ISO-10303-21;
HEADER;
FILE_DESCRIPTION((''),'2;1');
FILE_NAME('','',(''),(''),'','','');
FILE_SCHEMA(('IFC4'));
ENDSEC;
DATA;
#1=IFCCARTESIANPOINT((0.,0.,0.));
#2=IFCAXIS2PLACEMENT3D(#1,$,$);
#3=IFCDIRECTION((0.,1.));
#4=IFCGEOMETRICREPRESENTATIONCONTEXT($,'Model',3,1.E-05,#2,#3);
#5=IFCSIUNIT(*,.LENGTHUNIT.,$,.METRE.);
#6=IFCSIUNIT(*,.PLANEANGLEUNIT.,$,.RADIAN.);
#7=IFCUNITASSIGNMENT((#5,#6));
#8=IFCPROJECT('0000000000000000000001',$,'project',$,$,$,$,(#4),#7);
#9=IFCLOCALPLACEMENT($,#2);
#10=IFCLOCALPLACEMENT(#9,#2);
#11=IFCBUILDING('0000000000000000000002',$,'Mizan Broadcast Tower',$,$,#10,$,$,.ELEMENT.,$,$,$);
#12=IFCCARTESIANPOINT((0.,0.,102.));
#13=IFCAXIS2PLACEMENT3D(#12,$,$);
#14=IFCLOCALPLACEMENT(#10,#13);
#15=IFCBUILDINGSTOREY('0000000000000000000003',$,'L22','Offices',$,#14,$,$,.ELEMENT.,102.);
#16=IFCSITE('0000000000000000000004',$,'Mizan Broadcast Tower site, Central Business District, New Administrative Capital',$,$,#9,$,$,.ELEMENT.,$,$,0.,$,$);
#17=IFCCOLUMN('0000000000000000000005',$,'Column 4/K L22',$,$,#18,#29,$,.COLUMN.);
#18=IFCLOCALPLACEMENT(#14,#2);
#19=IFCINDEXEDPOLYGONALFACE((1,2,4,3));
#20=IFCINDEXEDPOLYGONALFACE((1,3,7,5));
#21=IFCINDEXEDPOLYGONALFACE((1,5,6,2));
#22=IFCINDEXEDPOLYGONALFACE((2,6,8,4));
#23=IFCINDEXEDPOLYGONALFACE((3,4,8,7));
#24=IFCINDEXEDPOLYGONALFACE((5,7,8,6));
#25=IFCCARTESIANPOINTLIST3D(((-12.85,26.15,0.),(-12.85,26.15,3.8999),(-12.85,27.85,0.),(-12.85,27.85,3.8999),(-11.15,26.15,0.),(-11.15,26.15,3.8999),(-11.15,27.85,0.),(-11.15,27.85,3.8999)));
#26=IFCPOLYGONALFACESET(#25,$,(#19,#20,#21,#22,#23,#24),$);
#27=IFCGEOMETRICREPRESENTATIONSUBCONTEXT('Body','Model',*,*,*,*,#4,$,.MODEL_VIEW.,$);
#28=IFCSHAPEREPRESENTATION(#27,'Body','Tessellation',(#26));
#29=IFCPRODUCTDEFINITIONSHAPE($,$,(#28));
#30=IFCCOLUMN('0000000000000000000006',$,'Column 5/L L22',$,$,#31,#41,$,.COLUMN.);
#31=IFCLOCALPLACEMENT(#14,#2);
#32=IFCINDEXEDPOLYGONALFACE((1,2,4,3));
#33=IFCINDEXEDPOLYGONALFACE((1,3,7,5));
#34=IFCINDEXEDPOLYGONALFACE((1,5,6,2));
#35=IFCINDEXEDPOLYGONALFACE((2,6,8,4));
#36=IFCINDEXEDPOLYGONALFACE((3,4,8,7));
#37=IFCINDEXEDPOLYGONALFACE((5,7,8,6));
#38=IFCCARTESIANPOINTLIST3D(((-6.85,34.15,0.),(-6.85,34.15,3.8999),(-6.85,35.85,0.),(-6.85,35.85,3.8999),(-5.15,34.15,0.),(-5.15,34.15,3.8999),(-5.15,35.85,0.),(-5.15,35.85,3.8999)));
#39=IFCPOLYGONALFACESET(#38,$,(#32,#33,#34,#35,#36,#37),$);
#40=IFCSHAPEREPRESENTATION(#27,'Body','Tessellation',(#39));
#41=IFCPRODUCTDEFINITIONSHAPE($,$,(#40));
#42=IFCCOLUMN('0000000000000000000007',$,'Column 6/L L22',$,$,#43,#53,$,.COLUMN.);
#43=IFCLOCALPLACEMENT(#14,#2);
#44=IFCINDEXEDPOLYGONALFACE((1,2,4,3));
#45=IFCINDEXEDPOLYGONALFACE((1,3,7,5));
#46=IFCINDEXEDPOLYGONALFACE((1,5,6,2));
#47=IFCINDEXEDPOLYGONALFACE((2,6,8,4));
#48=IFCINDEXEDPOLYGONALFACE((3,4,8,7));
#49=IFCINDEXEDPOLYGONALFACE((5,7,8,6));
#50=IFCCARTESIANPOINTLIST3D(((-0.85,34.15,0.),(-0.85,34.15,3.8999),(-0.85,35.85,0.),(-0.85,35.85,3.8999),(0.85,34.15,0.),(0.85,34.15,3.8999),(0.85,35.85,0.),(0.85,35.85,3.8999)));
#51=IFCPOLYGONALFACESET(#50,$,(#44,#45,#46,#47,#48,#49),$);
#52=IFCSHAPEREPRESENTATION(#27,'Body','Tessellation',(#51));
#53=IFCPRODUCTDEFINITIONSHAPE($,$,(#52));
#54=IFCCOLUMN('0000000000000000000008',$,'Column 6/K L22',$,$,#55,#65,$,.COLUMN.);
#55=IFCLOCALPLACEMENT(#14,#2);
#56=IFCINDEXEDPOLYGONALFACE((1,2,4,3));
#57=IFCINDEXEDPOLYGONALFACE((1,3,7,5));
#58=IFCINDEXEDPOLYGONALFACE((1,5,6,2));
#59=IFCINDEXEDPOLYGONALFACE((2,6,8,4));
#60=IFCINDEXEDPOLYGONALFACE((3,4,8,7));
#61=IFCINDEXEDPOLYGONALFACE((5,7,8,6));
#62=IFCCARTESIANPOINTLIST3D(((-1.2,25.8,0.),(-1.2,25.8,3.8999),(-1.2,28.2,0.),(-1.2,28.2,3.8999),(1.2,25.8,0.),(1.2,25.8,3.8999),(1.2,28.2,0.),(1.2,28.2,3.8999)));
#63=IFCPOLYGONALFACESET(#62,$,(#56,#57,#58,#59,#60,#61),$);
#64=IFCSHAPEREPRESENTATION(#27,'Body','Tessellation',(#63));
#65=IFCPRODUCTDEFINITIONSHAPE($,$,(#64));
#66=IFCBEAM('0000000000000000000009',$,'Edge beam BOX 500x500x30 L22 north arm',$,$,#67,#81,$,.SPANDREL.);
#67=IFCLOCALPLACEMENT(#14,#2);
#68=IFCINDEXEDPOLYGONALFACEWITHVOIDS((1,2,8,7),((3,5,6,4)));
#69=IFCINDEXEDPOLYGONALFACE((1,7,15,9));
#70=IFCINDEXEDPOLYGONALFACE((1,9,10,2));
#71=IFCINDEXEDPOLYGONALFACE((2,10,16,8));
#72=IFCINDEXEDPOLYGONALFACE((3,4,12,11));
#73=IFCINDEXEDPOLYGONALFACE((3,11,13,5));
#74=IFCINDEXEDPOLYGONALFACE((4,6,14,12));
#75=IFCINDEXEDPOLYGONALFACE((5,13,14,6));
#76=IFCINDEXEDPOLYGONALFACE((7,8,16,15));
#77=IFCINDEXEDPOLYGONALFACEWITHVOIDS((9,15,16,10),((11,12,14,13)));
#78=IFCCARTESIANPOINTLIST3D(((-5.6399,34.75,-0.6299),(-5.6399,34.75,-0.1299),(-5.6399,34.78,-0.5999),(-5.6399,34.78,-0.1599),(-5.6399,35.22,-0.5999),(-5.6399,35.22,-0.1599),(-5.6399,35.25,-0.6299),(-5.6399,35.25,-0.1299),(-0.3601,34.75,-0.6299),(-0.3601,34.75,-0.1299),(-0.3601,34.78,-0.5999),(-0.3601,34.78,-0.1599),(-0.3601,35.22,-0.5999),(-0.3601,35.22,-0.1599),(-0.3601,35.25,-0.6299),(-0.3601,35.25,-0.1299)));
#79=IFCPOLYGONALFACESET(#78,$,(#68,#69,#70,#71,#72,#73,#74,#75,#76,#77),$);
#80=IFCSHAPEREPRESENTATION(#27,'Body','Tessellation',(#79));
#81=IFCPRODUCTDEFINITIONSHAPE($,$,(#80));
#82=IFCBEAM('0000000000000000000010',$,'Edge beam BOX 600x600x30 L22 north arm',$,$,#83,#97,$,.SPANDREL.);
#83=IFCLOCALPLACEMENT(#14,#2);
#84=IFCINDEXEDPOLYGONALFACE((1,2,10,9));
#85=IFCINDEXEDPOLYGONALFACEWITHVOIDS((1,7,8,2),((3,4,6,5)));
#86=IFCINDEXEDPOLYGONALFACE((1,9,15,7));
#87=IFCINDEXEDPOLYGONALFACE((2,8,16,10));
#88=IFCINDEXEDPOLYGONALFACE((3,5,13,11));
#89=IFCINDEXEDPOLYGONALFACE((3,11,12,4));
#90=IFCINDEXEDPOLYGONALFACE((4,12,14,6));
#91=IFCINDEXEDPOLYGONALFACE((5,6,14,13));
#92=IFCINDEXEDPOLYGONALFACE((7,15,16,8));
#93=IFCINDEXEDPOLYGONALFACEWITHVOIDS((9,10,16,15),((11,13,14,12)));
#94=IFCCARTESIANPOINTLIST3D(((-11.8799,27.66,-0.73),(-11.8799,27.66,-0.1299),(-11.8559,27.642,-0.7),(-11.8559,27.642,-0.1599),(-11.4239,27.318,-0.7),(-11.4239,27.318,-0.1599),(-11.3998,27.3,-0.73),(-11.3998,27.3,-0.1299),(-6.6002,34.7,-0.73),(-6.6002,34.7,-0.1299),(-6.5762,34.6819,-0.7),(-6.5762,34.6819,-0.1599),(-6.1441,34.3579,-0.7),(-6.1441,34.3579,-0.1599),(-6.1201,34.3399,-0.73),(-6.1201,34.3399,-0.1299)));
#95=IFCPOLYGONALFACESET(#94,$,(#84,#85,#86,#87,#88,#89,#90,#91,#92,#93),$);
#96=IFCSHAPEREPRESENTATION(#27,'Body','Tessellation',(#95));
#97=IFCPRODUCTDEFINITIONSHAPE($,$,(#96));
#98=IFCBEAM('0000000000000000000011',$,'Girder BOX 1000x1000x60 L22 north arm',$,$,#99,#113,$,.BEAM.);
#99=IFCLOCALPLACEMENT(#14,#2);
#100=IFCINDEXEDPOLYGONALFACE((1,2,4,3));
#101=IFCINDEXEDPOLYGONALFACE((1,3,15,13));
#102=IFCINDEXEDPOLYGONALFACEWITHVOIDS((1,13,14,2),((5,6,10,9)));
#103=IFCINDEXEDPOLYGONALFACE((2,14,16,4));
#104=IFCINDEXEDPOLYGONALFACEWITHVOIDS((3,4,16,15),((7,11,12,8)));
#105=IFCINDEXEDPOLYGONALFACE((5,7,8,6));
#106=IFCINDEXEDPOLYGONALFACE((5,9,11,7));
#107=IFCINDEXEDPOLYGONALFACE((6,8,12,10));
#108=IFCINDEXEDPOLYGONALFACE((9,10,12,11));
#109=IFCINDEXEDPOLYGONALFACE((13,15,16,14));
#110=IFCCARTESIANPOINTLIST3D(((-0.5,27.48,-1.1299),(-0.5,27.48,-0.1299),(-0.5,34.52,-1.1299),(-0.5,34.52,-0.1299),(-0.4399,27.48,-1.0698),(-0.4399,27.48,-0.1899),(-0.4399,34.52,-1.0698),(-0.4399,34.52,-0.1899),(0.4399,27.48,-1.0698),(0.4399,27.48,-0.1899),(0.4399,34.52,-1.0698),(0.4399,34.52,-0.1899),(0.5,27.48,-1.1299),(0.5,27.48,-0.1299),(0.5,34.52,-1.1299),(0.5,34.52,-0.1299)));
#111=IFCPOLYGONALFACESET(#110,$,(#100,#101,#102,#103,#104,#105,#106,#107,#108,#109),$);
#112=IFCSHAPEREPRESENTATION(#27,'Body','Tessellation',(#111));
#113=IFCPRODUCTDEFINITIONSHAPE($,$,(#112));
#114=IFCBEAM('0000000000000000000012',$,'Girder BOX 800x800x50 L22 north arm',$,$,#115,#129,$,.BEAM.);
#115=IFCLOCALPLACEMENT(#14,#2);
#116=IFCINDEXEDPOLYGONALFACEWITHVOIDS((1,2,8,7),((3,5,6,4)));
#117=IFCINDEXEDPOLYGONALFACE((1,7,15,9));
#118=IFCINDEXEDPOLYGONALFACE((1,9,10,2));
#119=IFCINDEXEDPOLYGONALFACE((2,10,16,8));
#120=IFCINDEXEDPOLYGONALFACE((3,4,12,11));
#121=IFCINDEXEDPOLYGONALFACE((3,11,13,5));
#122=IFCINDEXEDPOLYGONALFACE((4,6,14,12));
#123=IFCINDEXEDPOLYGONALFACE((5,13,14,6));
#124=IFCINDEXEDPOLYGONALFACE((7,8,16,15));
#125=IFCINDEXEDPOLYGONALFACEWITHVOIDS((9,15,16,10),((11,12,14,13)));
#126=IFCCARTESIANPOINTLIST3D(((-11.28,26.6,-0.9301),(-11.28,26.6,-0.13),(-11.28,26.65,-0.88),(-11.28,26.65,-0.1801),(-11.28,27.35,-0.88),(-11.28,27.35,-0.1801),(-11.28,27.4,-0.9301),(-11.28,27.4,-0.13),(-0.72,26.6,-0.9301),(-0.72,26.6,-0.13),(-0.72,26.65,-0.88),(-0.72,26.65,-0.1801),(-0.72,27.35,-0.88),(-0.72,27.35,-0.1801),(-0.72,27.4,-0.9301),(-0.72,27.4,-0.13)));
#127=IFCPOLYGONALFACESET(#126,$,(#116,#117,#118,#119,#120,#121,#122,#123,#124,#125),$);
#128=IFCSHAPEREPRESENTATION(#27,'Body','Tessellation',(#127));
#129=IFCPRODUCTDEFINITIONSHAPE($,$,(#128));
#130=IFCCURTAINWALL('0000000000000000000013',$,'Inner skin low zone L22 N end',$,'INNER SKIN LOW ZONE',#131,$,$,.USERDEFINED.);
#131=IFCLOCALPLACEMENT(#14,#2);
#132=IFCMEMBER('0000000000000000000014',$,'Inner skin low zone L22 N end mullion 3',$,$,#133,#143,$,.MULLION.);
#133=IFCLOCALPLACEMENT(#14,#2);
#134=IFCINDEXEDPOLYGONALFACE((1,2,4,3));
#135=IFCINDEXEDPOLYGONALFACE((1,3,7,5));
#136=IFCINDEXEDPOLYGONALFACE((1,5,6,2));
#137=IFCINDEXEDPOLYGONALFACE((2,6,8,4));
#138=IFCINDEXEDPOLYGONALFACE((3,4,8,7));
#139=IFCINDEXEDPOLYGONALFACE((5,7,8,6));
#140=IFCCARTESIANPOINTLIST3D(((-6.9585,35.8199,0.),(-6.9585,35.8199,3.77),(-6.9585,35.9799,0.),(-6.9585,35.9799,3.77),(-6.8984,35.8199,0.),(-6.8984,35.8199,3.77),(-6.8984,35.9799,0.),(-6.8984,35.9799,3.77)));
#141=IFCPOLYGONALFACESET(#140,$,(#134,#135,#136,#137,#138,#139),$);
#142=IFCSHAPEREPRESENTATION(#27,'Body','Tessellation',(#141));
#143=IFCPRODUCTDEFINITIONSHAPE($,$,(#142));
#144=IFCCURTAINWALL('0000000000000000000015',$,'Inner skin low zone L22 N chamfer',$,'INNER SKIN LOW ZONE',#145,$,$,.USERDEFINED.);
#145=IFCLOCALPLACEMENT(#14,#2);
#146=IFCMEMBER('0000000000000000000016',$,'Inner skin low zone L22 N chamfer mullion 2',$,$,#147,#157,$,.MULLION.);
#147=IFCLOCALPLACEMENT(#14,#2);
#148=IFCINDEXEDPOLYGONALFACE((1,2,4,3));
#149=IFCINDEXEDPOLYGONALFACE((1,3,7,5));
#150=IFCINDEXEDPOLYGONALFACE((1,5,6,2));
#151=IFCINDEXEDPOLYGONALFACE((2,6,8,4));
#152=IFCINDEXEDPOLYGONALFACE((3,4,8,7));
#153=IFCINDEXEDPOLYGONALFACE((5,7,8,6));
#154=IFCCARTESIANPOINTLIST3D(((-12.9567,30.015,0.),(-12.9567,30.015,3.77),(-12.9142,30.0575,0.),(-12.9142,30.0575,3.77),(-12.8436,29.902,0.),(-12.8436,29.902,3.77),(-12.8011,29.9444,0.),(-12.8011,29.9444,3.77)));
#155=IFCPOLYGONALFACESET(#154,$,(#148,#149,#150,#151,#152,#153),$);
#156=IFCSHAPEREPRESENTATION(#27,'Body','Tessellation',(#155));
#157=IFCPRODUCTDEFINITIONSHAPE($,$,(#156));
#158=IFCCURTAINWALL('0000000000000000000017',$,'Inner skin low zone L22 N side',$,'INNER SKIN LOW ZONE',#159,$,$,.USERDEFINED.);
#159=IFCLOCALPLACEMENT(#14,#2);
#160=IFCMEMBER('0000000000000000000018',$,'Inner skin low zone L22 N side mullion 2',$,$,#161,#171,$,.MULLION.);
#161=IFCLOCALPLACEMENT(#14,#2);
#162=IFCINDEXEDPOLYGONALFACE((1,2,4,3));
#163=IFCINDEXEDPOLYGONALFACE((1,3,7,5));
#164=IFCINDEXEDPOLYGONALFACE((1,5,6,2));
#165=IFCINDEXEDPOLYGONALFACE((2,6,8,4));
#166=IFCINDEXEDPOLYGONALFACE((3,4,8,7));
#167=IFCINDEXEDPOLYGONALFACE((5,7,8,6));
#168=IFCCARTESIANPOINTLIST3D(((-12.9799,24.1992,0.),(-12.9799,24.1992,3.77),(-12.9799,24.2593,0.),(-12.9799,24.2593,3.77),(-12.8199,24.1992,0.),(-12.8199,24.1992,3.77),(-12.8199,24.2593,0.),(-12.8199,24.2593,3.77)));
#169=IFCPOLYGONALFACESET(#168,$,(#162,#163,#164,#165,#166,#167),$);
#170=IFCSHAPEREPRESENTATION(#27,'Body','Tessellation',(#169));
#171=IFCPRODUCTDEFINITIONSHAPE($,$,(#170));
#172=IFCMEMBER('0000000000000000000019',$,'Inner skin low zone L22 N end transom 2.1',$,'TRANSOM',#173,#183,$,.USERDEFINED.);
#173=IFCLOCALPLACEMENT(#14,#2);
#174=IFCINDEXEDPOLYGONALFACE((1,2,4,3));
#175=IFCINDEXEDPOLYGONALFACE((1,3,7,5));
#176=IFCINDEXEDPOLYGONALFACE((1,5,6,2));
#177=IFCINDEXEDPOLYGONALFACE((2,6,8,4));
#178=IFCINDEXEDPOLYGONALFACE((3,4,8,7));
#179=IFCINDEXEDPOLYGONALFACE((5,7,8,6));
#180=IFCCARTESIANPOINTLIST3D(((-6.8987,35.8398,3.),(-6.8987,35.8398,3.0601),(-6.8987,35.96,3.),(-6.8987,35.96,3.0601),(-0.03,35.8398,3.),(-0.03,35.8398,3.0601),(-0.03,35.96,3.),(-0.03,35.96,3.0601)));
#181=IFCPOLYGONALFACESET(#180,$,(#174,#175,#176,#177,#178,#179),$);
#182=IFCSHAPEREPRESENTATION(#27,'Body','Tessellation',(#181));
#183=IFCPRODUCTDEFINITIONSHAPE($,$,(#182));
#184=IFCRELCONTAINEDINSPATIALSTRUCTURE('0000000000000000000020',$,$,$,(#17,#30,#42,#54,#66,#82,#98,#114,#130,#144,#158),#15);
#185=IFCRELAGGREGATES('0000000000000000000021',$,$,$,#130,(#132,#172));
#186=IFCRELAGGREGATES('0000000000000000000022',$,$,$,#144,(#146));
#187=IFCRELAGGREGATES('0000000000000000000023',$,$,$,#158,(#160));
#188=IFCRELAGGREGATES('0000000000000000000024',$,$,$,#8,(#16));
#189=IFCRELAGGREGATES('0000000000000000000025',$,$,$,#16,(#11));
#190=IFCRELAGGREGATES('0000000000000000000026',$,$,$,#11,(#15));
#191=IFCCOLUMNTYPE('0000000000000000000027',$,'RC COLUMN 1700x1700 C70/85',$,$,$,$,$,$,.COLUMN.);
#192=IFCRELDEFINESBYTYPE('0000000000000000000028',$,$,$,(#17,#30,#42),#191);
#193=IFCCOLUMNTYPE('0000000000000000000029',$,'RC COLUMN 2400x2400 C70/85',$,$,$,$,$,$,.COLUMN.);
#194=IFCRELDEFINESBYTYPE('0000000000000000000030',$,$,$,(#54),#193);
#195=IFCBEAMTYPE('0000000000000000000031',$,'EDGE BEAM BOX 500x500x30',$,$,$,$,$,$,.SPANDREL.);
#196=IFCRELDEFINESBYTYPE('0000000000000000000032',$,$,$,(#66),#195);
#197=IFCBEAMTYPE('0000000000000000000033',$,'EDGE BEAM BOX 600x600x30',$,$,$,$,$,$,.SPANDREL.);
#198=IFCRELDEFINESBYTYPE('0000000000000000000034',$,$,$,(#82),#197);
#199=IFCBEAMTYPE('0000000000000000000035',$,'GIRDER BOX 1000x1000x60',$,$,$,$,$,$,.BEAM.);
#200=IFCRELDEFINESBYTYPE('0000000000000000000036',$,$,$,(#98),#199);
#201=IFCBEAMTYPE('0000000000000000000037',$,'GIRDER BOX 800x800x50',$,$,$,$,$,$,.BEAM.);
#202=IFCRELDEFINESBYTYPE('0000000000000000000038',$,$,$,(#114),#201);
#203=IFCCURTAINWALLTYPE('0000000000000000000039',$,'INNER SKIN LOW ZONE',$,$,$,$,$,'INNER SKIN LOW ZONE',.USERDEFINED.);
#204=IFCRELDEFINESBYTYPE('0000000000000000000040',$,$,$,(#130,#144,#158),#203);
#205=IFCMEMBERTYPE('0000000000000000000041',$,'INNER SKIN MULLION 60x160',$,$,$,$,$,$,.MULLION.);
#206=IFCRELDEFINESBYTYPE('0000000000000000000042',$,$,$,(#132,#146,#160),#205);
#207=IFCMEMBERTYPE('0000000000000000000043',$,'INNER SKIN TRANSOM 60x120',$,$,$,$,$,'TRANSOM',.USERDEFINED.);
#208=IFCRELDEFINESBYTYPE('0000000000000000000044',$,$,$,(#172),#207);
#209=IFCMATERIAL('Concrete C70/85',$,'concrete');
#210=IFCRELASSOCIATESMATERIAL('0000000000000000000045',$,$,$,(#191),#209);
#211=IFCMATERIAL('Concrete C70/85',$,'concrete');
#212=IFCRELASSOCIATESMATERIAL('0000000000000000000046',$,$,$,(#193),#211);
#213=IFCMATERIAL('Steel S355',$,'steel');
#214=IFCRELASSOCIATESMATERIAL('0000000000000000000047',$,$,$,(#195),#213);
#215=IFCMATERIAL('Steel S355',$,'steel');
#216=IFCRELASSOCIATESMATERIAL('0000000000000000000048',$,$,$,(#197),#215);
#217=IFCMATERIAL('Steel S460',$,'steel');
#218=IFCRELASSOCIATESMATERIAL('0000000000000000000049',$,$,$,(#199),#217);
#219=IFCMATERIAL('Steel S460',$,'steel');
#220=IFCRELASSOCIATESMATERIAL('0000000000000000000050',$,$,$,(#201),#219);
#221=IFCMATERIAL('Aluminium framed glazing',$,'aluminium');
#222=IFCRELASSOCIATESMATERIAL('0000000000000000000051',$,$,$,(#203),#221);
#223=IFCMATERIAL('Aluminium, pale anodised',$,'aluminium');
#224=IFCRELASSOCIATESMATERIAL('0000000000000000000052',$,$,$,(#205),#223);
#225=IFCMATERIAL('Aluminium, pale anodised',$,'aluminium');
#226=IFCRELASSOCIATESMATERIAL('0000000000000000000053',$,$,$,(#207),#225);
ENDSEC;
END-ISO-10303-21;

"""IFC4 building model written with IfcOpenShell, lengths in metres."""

from ifc_helpers import new_model, si_unit, direction, frame, origin, origin_2d, place, context, subcontext, project, spatial, rectangle, hollow_rectangle, extrude, material, material_profile, profile_set, type_object, element, aggregate, save


model = new_model("IFC4")

# Units and contexts
model_context = context("Model", 3, precision=1e-05, world=origin(), true_north=direction((0.0, 1.0)))
body_context = subcontext(model_context, "Body", "Model", "MODEL_VIEW")
ifc_project = project(units=[si_unit("LENGTHUNIT", "METRE"), si_unit("PLANEANGLEUNIT", "RADIAN")], contexts=[model_context])

# Site, building, storey
site_placement = place(None, origin())
site = spatial("IfcSite", under=ifc_project, at=site_placement, Name="Mizan Broadcast Tower site, Central Business District, New Administrative Capital", CompositionType="ELEMENT", RefElevation=0.0)
building_placement = place(site_placement, origin())
building = spatial("IfcBuilding", under=site, at=building_placement, Name="Mizan Broadcast Tower", CompositionType="ELEMENT")
storey_placement = place(building_placement, frame((0.0, 0.0, 102.0)))
storey = spatial("IfcBuildingStorey", under=building, at=storey_placement, Name="L22", Description="Offices", CompositionType="ELEMENT", Elevation=102.0)

# Columns
ifc_material_1 = material(Name="Concrete C70/85", Category="concrete")
ifc_material_profile_1 = material_profile(ifc_material_1, rectangle(XDim=1.7, YDim=1.7, at=origin_2d()), Name="RC 1700x1700")
ifc_profile_set_1 = profile_set([ifc_material_profile_1], Name="Concrete C70/85")
column_type_1 = type_object("IfcColumnType", Name="RC COLUMN 1700x1700 C70/85", PredefinedType="COLUMN", material=ifc_profile_set_1)
for number, where, z_axis, x_axis, name in (
    (1, (-12.0, 27.0, 0.0), (0.0, 0.0, 1.0), (1.0, 0.0, 0.0), "Column 4/K L22"),
    (2, (-6.0, 35.0, 0.0), (0.0, 0.0, 1.0), (1.0, 0.0, 0.0), "Column 5/L L22"),
    (3, (0.0, 35.0, 0.0), (0.0, 0.0, 1.0), (1.0, 0.0, 0.0), "Column 6/L L22"),
):
    element("IfcColumn", number, at=place(storey_placement, frame(where, z_axis=z_axis, x_axis=x_axis)), inside=storey, type_object=column_type_1, Name=name, PredefinedType="COLUMN", context=body_context, shape_type="SweptSolid", body=[
        extrude(rectangle(XDim=1.7, YDim=1.7, at=origin_2d()), origin(), (0.0, 0.0, 1.0), 3.8999),
    ])
ifc_material_2 = material(Name="Concrete C70/85", Category="concrete")
ifc_material_profile_2 = material_profile(ifc_material_2, rectangle(XDim=2.3999, YDim=2.3999, at=origin_2d()), Name="RC 2400x2400")
ifc_profile_set_2 = profile_set([ifc_material_profile_2], Name="Concrete C70/85")
column_type_2 = type_object("IfcColumnType", Name="RC COLUMN 2400x2400 C70/85", PredefinedType="COLUMN", material=ifc_profile_set_2)
column_placement = place(storey_placement, frame((0.0, 27.0, 0.0), z_axis=(0.0, 0.0, 1.0), x_axis=(1.0, 0.0, 0.0)))
element("IfcColumn", 4, at=column_placement, inside=storey, type_object=column_type_2, Name="Column 6/K L22", PredefinedType="COLUMN", context=body_context, shape_type="SweptSolid", body=[
    extrude(rectangle(XDim=2.3999, YDim=2.3999, at=origin_2d()), origin(), (0.0, 0.0, 1.0), 3.8999),
])

# Beams
ifc_material_3 = material(Name="Steel S355", Category="steel")
ifc_material_profile_3 = material_profile(ifc_material_3, hollow_rectangle(XDim=0.5, YDim=0.5, WallThickness=0.03, at=origin_2d()), Name="BOX 500x500x30")
ifc_profile_set_3 = profile_set([ifc_material_profile_3], Name="Steel S355")
beam_type_1 = type_object("IfcBeamType", Name="EDGE BEAM BOX 500x500x30", PredefinedType="SPANDREL", material=ifc_profile_set_3)
beam_1_placement = place(storey_placement, frame((-5.6399, 35.0, -0.3799), z_axis=(1.0, 0.0, 0.0), x_axis=(0.0, 1.0, 0.0)))
element("IfcBeam", 5, at=beam_1_placement, inside=storey, type_object=beam_type_1, Name="Edge beam BOX 500x500x30 L22 north arm", PredefinedType="SPANDREL", context=body_context, shape_type="SweptSolid", body=[
    extrude(hollow_rectangle(XDim=0.5, YDim=0.5, WallThickness=0.03, at=origin_2d()), origin(), (0.0, 0.0, 1.0), 5.2798),
])
ifc_material_4 = material(Name="Steel S355", Category="steel")
ifc_material_profile_4 = material_profile(ifc_material_4, hollow_rectangle(XDim=0.6001, YDim=0.6001, WallThickness=0.03, at=origin_2d()), Name="BOX 600x600x30")
ifc_profile_set_4 = profile_set([ifc_material_profile_4], Name="Steel S355")
beam_type_2 = type_object("IfcBeamType", Name="EDGE BEAM BOX 600x600x30", PredefinedType="SPANDREL", material=ifc_profile_set_4)
beam_2_placement = place(storey_placement, frame((-11.6399, 27.48, -0.4299), z_axis=(0.599982, 0.800013, 0.0), x_axis=(-0.800013, 0.599982, 0.0)))
element("IfcBeam", 6, at=beam_2_placement, inside=storey, type_object=beam_type_2, Name="Edge beam BOX 600x600x30 L22 north arm", PredefinedType="SPANDREL", context=body_context, shape_type="SweptSolid", body=[
    extrude(hollow_rectangle(XDim=0.6001, YDim=0.6001, WallThickness=0.03, at=origin_2d()), origin(), (0.0, 0.0, 1.0), 8.7998),
])
ifc_material_5 = material(Name="Steel S460", Category="steel")
ifc_material_profile_5 = material_profile(ifc_material_5, hollow_rectangle(XDim=1.0, YDim=1.0, WallThickness=0.0601, at=origin_2d()), Name="BOX 1000x1000x60")
ifc_profile_set_5 = profile_set([ifc_material_profile_5], Name="Steel S460")
beam_type_3 = type_object("IfcBeamType", Name="GIRDER BOX 1000x1000x60", PredefinedType="BEAM", material=ifc_profile_set_5)
beam_3_placement = place(storey_placement, frame((0.0, 27.48, -0.6299), z_axis=(0.0, 1.0, 0.0), x_axis=(-1.0, 0.0, 0.0)))
element("IfcBeam", 7, at=beam_3_placement, inside=storey, type_object=beam_type_3, Name="Girder BOX 1000x1000x60 L22 north arm", PredefinedType="BEAM", context=body_context, shape_type="SweptSolid", body=[
    extrude(hollow_rectangle(XDim=1.0, YDim=1.0, WallThickness=0.0601, at=origin_2d()), origin(), (0.0, 0.0, 1.0), 7.04),
])
ifc_material_6 = material(Name="Steel S460", Category="steel")
ifc_material_profile_6 = material_profile(ifc_material_6, hollow_rectangle(XDim=0.8, YDim=0.8, WallThickness=0.05, at=origin_2d()), Name="BOX 800x800x50")
ifc_profile_set_6 = profile_set([ifc_material_profile_6], Name="Steel S460")
beam_type_4 = type_object("IfcBeamType", Name="GIRDER BOX 800x800x50", PredefinedType="BEAM", material=ifc_profile_set_6)
beam_4_placement = place(storey_placement, frame((-11.28, 27.0, -0.53), z_axis=(1.0, 0.0, 0.0), x_axis=(0.0, 1.0, 0.0)))
element("IfcBeam", 8, at=beam_4_placement, inside=storey, type_object=beam_type_4, Name="Girder BOX 800x800x50 L22 north arm", PredefinedType="BEAM", context=body_context, shape_type="SweptSolid", body=[
    extrude(hollow_rectangle(XDim=0.8, YDim=0.8, WallThickness=0.05, at=origin_2d()), origin(), (0.0, 0.0, 1.0), 10.5601),
])

# Curtain walls, members
ifc_material_7 = material(Name="Aluminium framed glazing", Category="aluminium")
curtain_wall_type_1 = type_object("IfcCurtainWallType", Name="INNER SKIN LOW ZONE", ElementType="INNER SKIN LOW ZONE", PredefinedType="USERDEFINED", material=ifc_material_7)
curtain_wall_1_placement = place(storey_placement, origin())
curtain_wall_1 = element("IfcCurtainWall", 9, at=curtain_wall_1_placement, inside=storey, type_object=curtain_wall_type_1, Name="Inner skin low zone L22 N end", ObjectType="INNER SKIN LOW ZONE", PredefinedType="USERDEFINED")
ifc_material_8 = material(Name="Aluminium, pale anodised", Category="aluminium")
ifc_material_profile_7 = material_profile(ifc_material_8, rectangle(XDim=0.1599, YDim=0.0601, at=origin_2d()), Name="MULLION 160x60")
ifc_profile_set_7 = profile_set([ifc_material_profile_7], Name="Aluminium, pale anodised")
member_type_1 = type_object("IfcMemberType", Name="INNER SKIN MULLION 60x160", PredefinedType="MULLION", material=ifc_profile_set_7)
member_1_placement = place(storey_placement, frame((-6.9285, 35.8999, 0.0), z_axis=(0.0, 0.0, 1.0), x_axis=(0.0, -1.0, 0.0)))
member_1 = element("IfcMember", 10, at=member_1_placement, type_object=member_type_1, Name="Inner skin low zone L22 N end mullion 3", PredefinedType="MULLION", context=body_context, shape_type="SweptSolid", body=[
    extrude(rectangle(XDim=0.1599, YDim=0.0601, at=origin_2d()), origin(), (0.0, 0.0, 1.0), 3.77),
])
curtain_wall_2_placement = place(storey_placement, origin())
curtain_wall_2 = element("IfcCurtainWall", 11, at=curtain_wall_2_placement, inside=storey, type_object=curtain_wall_type_1, Name="Inner skin low zone L22 N chamfer", ObjectType="INNER SKIN LOW ZONE", PredefinedType="USERDEFINED")
member_2_placement = place(storey_placement, frame((-12.8789, 29.9797, 0.0), z_axis=(0.0, 0.0, 1.0), x_axis=(0.707107, -0.707107, 0.0)))
member_2 = element("IfcMember", 12, at=member_2_placement, type_object=member_type_1, Name="Inner skin low zone L22 N chamfer mullion 2", PredefinedType="MULLION", context=body_context, shape_type="SweptSolid", body=[
    extrude(rectangle(XDim=0.1599, YDim=0.0601, at=origin_2d()), origin(), (0.0, 0.0, 1.0), 3.77),
])
curtain_wall_3_placement = place(storey_placement, origin())
curtain_wall_3 = element("IfcCurtainWall", 13, at=curtain_wall_3_placement, inside=storey, type_object=curtain_wall_type_1, Name="Inner skin low zone L22 N side", ObjectType="INNER SKIN LOW ZONE", PredefinedType="USERDEFINED")
member_3_placement = place(storey_placement, frame((-12.8999, 24.2292, 0.0), z_axis=(0.0, 0.0, 1.0), x_axis=(1.0, 0.0, 0.0)))
member_3 = element("IfcMember", 14, at=member_3_placement, type_object=member_type_1, Name="Inner skin low zone L22 N side mullion 2", PredefinedType="MULLION", context=body_context, shape_type="SweptSolid", body=[
    extrude(rectangle(XDim=0.1599, YDim=0.0601, at=origin_2d()), origin(), (0.0, 0.0, 1.0), 3.77),
])

# Member
ifc_material_9 = material(Name="Aluminium, pale anodised", Category="aluminium")
ifc_material_profile_8 = material_profile(ifc_material_9, rectangle(XDim=0.1201, YDim=0.0601, at=origin_2d()), Name="TRANSOM 120x60")
ifc_profile_set_8 = profile_set([ifc_material_profile_8], Name="Aluminium, pale anodised")
member_type_2 = type_object("IfcMemberType", Name="INNER SKIN TRANSOM 60x120", ElementType="TRANSOM", PredefinedType="USERDEFINED", material=ifc_profile_set_8)
member_4_placement = place(storey_placement, frame((-0.03, 35.8999, 3.03), z_axis=(-1.0, 0.0, 0.0), x_axis=(0.0, -1.0, 0.0)))
member_4 = element("IfcMember", 15, at=member_4_placement, type_object=member_type_2, Name="Inner skin low zone L22 N end transom 2.1", ObjectType="TRANSOM", PredefinedType="USERDEFINED", context=body_context, shape_type="SweptSolid", body=[
    extrude(rectangle(XDim=0.1201, YDim=0.0601, at=origin_2d()), origin(), (0.0, 0.0, 1.0), 6.8687),
])

aggregate(curtain_wall_1, [member_1, member_4])
aggregate(curtain_wall_2, [member_2])
aggregate(curtain_wall_3, [member_3])

save(model, "model.ifc")
